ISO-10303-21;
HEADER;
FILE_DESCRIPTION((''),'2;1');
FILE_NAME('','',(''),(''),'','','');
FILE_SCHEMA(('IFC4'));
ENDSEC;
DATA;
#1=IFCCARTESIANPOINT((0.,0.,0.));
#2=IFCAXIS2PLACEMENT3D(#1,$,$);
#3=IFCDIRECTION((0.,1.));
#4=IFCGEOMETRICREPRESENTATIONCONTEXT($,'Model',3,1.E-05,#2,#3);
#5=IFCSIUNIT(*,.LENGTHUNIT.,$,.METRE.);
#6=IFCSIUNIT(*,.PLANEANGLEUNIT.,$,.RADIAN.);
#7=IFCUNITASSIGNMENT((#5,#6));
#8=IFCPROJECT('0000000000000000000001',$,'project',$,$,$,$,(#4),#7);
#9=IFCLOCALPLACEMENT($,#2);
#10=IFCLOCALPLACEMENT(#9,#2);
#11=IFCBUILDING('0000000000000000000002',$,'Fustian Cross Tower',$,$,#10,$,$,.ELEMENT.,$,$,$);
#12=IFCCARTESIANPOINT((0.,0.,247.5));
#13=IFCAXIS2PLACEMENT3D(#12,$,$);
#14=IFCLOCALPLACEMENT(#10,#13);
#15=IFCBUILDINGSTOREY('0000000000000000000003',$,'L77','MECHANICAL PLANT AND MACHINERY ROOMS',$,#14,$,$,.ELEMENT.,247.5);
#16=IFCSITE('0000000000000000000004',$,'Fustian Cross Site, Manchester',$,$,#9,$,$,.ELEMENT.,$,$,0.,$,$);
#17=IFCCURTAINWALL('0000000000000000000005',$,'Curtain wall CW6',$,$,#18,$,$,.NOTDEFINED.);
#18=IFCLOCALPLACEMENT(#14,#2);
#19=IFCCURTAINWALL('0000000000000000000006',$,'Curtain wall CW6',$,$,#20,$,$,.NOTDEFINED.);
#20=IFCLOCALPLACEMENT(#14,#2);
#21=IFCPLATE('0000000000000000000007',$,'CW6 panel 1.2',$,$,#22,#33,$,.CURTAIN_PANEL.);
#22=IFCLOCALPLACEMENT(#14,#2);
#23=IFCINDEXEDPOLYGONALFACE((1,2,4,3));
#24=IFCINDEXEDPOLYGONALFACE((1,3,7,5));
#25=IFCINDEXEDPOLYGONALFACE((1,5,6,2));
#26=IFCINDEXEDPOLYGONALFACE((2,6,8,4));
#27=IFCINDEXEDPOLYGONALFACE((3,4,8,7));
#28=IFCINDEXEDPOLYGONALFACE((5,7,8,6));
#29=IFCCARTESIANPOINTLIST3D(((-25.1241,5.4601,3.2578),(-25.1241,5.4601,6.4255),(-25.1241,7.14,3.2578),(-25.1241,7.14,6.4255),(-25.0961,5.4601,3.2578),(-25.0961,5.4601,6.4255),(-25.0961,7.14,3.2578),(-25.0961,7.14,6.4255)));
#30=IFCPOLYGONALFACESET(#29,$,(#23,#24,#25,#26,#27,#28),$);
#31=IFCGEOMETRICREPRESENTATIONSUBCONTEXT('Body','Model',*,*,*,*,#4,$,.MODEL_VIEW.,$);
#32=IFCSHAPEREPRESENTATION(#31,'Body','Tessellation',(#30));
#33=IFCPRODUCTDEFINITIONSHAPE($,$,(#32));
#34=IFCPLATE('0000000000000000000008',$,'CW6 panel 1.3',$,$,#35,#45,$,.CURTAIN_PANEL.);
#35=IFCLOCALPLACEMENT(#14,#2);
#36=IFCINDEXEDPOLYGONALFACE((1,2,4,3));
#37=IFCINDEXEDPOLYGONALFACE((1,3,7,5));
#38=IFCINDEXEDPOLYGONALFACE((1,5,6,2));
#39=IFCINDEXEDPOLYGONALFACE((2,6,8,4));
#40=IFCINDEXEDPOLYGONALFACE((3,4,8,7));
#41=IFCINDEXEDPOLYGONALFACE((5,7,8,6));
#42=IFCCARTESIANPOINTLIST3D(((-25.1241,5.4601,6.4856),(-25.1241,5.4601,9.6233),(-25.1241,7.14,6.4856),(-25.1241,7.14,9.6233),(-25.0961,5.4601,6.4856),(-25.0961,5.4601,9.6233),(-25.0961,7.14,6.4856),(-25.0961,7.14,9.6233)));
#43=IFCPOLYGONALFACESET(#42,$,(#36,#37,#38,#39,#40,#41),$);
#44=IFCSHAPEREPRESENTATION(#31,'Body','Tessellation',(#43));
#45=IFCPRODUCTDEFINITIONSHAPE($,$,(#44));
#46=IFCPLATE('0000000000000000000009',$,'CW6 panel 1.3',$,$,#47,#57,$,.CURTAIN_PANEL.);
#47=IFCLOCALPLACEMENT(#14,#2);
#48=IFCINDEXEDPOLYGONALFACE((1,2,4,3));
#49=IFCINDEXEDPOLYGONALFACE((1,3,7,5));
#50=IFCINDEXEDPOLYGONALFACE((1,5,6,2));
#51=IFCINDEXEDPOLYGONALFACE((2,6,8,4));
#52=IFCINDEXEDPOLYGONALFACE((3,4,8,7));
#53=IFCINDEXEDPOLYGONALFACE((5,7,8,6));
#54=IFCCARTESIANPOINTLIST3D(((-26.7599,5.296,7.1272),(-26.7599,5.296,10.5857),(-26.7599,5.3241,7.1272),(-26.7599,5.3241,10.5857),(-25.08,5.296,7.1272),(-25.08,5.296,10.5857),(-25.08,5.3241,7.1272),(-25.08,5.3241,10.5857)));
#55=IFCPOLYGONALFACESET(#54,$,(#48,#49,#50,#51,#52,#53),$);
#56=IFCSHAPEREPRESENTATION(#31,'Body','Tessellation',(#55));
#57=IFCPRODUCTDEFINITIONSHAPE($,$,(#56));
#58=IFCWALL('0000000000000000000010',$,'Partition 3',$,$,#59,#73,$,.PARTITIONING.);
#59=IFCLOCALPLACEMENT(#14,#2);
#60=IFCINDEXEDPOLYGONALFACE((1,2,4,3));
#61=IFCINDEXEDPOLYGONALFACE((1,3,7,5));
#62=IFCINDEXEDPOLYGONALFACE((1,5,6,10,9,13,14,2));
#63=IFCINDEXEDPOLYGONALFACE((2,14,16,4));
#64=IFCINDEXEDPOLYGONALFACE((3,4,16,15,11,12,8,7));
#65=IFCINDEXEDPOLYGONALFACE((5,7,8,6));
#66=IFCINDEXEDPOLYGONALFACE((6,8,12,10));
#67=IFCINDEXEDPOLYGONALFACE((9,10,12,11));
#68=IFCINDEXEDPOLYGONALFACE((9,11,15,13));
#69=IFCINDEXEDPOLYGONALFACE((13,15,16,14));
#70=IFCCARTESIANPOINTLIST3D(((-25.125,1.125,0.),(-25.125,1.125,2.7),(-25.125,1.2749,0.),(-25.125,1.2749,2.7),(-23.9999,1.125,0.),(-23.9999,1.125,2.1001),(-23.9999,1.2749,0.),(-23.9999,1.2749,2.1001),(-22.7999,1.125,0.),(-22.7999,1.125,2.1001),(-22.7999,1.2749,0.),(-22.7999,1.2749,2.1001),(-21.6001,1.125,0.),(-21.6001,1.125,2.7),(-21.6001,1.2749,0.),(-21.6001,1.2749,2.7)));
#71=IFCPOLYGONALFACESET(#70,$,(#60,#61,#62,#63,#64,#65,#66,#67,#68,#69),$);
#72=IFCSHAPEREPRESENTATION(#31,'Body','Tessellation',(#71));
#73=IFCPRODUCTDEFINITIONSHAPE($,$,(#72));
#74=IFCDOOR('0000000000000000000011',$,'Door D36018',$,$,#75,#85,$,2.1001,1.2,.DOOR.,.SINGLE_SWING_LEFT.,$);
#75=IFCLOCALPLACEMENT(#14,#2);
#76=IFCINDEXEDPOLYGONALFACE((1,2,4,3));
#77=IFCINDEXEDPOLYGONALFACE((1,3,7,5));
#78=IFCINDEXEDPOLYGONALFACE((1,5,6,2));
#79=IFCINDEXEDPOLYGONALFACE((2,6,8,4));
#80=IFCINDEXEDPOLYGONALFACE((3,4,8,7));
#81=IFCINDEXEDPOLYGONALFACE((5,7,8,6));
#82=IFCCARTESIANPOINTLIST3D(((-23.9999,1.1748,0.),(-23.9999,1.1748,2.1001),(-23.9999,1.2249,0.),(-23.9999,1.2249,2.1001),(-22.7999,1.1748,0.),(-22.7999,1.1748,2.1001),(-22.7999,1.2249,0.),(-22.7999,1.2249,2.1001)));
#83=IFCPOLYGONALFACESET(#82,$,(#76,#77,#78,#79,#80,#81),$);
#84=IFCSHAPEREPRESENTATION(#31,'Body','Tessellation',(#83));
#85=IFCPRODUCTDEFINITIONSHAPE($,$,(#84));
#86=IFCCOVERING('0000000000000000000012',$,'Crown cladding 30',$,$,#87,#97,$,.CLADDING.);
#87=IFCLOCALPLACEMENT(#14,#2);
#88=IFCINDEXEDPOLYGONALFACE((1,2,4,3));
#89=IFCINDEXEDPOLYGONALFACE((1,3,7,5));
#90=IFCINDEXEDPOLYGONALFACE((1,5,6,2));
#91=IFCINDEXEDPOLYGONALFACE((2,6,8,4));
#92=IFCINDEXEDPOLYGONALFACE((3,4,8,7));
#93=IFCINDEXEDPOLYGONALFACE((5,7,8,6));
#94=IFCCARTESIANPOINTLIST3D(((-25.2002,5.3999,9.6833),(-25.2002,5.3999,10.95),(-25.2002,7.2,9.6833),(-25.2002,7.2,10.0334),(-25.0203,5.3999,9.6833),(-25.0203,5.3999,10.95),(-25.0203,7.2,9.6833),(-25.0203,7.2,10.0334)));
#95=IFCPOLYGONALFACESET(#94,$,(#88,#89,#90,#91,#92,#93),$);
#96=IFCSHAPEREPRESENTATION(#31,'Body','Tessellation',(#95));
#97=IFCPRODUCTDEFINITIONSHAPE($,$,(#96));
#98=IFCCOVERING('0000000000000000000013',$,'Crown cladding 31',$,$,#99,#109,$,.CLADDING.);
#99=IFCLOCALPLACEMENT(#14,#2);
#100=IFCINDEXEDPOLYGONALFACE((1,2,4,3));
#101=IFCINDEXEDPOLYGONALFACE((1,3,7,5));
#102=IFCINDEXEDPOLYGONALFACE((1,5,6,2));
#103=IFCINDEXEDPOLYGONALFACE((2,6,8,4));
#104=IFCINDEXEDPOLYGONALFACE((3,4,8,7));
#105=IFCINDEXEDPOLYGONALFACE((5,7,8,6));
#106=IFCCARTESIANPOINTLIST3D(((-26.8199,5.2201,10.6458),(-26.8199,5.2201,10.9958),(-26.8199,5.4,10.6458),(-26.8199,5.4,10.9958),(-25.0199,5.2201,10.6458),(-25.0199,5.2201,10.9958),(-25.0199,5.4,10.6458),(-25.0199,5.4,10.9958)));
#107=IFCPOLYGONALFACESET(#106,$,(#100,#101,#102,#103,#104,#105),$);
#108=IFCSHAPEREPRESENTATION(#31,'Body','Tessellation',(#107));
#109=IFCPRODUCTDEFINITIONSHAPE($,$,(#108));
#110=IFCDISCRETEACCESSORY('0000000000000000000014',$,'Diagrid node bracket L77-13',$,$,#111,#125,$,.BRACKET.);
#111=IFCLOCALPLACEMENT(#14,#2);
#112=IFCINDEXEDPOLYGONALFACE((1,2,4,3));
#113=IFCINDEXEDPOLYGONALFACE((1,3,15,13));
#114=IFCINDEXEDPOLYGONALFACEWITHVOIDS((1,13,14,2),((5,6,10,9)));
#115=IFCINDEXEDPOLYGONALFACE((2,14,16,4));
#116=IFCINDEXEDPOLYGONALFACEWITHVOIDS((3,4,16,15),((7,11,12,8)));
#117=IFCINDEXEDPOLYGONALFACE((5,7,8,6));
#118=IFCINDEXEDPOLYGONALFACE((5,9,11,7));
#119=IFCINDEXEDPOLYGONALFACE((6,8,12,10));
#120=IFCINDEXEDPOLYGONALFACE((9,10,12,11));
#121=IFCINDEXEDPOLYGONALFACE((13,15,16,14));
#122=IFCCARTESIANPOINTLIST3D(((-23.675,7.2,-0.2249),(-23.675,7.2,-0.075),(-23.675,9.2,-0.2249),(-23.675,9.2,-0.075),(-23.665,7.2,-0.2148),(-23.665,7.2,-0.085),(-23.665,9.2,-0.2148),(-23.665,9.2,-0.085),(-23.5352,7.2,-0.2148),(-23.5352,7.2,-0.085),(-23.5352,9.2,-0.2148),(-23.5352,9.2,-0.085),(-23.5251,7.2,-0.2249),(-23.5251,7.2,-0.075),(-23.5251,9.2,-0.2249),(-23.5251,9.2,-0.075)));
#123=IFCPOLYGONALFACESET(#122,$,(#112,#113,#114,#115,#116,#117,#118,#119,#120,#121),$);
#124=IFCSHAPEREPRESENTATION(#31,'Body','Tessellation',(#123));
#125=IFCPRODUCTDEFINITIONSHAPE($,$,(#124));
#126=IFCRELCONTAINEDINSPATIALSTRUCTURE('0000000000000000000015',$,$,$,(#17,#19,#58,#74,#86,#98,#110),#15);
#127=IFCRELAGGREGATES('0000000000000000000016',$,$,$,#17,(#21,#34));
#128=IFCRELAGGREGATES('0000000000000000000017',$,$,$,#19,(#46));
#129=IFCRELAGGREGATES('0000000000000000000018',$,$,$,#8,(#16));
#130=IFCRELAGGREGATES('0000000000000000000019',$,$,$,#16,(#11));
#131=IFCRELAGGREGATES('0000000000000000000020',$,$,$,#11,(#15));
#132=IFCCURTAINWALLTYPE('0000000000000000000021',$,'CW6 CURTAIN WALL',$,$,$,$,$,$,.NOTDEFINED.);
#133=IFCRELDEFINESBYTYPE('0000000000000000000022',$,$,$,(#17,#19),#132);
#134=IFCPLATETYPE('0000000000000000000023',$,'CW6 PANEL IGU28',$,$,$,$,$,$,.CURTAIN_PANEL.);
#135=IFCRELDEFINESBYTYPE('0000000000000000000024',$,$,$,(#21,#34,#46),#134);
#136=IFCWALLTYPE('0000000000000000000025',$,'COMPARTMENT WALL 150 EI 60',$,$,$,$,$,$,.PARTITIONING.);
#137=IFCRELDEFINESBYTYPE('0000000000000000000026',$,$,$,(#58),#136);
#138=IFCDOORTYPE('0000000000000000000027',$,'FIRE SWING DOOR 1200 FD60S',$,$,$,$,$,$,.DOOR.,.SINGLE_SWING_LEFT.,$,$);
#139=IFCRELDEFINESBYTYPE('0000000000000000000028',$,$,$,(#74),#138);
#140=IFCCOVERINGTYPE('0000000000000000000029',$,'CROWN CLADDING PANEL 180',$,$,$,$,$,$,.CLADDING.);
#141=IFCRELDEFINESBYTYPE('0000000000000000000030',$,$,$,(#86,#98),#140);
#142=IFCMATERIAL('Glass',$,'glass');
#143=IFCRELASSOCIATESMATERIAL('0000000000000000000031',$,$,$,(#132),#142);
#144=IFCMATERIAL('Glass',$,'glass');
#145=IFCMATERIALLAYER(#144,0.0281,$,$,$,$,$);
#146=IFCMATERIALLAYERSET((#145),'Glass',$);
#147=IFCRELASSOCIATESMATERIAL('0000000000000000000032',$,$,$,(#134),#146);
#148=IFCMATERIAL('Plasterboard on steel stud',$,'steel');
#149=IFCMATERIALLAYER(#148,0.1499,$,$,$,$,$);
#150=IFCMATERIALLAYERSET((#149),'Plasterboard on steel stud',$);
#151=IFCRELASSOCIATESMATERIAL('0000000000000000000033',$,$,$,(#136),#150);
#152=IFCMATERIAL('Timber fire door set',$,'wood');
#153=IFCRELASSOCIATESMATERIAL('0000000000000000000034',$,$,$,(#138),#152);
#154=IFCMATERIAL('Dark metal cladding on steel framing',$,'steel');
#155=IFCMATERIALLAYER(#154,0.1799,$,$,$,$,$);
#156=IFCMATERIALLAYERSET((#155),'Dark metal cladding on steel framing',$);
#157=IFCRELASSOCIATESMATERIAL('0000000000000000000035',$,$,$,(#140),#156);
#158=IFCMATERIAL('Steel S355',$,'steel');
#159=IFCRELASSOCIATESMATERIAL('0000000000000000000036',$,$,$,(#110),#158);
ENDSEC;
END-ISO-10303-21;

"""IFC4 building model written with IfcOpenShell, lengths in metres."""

from ifc_helpers import new_model, si_unit, direction, frame, frame_2d, origin, origin_2d, place, context, subcontext, project, spatial, polyline, rectangle, hollow_rectangle, outline, extrude, material, layer, layer_set, type_object, element, fill, aggregate, save


model = new_model("IFC4")

# Units and contexts
model_context = context("Model", 3, precision=1e-05, world=origin(), true_north=direction((0.0, 1.0)))
body_context = subcontext(model_context, "Body", "Model", "MODEL_VIEW")
ifc_project = project(units=[si_unit("LENGTHUNIT", "METRE"), si_unit("PLANEANGLEUNIT", "RADIAN")], contexts=[model_context])

# Site, building, storey
site_placement = place(None, origin())
site = spatial("IfcSite", under=ifc_project, at=site_placement, Name="Fustian Cross Site, Manchester", CompositionType="ELEMENT", RefElevation=0.0)
building_placement = place(site_placement, origin())
building = spatial("IfcBuilding", under=site, at=building_placement, Name="Fustian Cross Tower", CompositionType="ELEMENT")
storey_placement = place(building_placement, frame((0.0, 0.0, 247.5)))
storey = spatial("IfcBuildingStorey", under=building, at=storey_placement, Name="L77", Description="MECHANICAL PLANT AND MACHINERY ROOMS", CompositionType="ELEMENT", Elevation=247.5)

# Shared definitions
ifc_material_1 = material(Name="Glass", Category="glass")
curtain_wall_type = type_object("IfcCurtainWallType", Name="CW6 CURTAIN WALL", PredefinedType="NOTDEFINED", material=ifc_material_1)

# Curtain wall
curtain_wall_1_placement = place(storey_placement, origin())
curtain_wall_1 = element("IfcCurtainWall", 1, at=curtain_wall_1_placement, inside=storey, type_object=curtain_wall_type, Name="Curtain wall CW6", PredefinedType="NOTDEFINED")

# Curtain wall
curtain_wall_2_placement = place(storey_placement, origin())
curtain_wall_2 = element("IfcCurtainWall", 2, at=curtain_wall_2_placement, inside=storey, type_object=curtain_wall_type, Name="Curtain wall CW6", PredefinedType="NOTDEFINED")

# Plates
ifc_material_2 = material(Name="Glass", Category="glass")
ifc_layer_1 = layer(ifc_material_2, 0.0281)
ifc_layer_set_1 = layer_set([ifc_layer_1], Name="Glass")
plate_type = type_object("IfcPlateType", Name="CW6 PANEL IGU28", PredefinedType="CURTAIN_PANEL", material=ifc_layer_set_1)
plate_1_placement = place(storey_placement, frame((-25.1101, 6.3, 3.2578), z_axis=(0.0, 0.0, 1.0), x_axis=(0.0, -1.0, 0.0)))
plate_1 = element("IfcPlate", 3, at=plate_1_placement, type_object=plate_type, Name="CW6 panel 1.2", PredefinedType="CURTAIN_PANEL", context=body_context, shape_type="SweptSolid", body=[
    extrude(rectangle(XDim=1.6799, YDim=0.0281, at=origin_2d()), origin(), (0.0, 0.0, 1.0), 3.1677),
])
plate_2_placement = place(storey_placement, frame((-25.1101, 6.3, 6.4856), z_axis=(0.0, 0.0, 1.0), x_axis=(0.0, -1.0, 0.0)))
plate_2 = element("IfcPlate", 4, at=plate_2_placement, type_object=plate_type, Name="CW6 panel 1.3", PredefinedType="CURTAIN_PANEL", context=body_context, shape_type="SweptSolid", body=[
    extrude(rectangle(XDim=1.6799, YDim=0.0281, at=origin_2d()), origin(), (0.0, 0.0, 1.0), 3.1377),
])
aggregate(curtain_wall_1, [plate_1, plate_2])
plate_3_placement = place(storey_placement, frame((-25.9199, 5.3101, 7.1272), z_axis=(0.0, 0.0, 1.0), x_axis=(-1.0, 0.0, 0.0)))
plate_3 = element("IfcPlate", 5, at=plate_3_placement, type_object=plate_type, Name="CW6 panel 1.3", PredefinedType="CURTAIN_PANEL", context=body_context, shape_type="SweptSolid", body=[
    extrude(rectangle(XDim=1.6799, YDim=0.0281, at=origin_2d()), origin(), (0.0, 0.0, 1.0), 3.4585),
])
aggregate(curtain_wall_2, [plate_3])

# Wall, opening, door
ifc_material_3 = material(Name="Plasterboard on steel stud", Category="steel")
ifc_layer_2 = layer(ifc_material_3, 0.1499)
ifc_layer_set_2 = layer_set([ifc_layer_2], Name="Plasterboard on steel stud")
wall_type = type_object("IfcWallType", Name="COMPARTMENT WALL 150 EI 60", PredefinedType="PARTITIONING", material=ifc_layer_set_2)
wall_placement = place(storey_placement, frame((-25.125, 1.2, 0.0), z_axis=(0.0, 0.0, 1.0), x_axis=(1.0, 0.0, 0.0)))
wall = element("IfcWall", 6, at=wall_placement, inside=storey, type_object=wall_type, Name="Partition 3", PredefinedType="PARTITIONING", context=body_context, shape_type="SweptSolid", body=[
    extrude(rectangle(XDim=3.5249, YDim=0.1499, at=frame_2d((1.7625, 0.0))), origin(), (0.0, 0.0, 1.0), 2.7),
])
opening_placement = place(wall_placement, frame((1.125, 0.0, 0.0)))
opening = element("IfcOpeningElement", 7, at=opening_placement, cuts=wall, PredefinedType="OPENING", context=body_context, shape_type="SweptSolid", body=[
    extrude(rectangle(XDim=1.2, YDim=2.1001, at=frame_2d((0.6001, 1.05))), frame((0.0, 0.085, 0.0), z_axis=(0.0, -1.0, 0.0), x_axis=(1.0, 0.0, 0.0)), (0.0, 0.0, 1.0), 0.1699),
])
ifc_material_4 = material(Name="Timber fire door set", Category="wood")
door_type = type_object("IfcDoorType", Name="FIRE SWING DOOR 1200 FD60S", OperationType="SINGLE_SWING_LEFT", PredefinedType="DOOR", material=ifc_material_4)
door_placement = place(opening_placement, origin())
door = element("IfcDoor", 8, at=door_placement, inside=storey, type_object=door_type, Name="Door D36018", OperationType="SINGLE_SWING_LEFT", OverallHeight=2.1001, OverallWidth=1.2, PredefinedType="DOOR", context=body_context, shape_type="SweptSolid", body=[
    extrude(rectangle(XDim=1.2, YDim=2.1001, at=frame_2d((0.6001, 1.05))), frame((0.0, 0.0249, 0.0), z_axis=(0.0, -1.0, 0.0), x_axis=(1.0, 0.0, 0.0)), (0.0, 0.0, 1.0), 0.05),
])
fill(opening, door)

# Coverings
ifc_material_5 = material(Name="Dark metal cladding on steel framing", Category="steel")
ifc_layer_3 = layer(ifc_material_5, 0.1799)
ifc_layer_set_3 = layer_set([ifc_layer_3], Name="Dark metal cladding on steel framing")
covering_type = type_object("IfcCoveringType", Name="CROWN CLADDING PANEL 180", PredefinedType="CLADDING", material=ifc_layer_set_3)
covering_1_placement = place(storey_placement, frame((-25.1101, 7.2, 9.6833), z_axis=(0.0, 0.0, 1.0), x_axis=(0.0, -1.0, 0.0)))
element("IfcCovering", 9, at=covering_1_placement, inside=storey, type_object=covering_type, Name="Crown cladding 30", PredefinedType="CLADDING", context=body_context, shape_type="SweptSolid", body=[
    extrude(outline(polyline([(0.0, 0.0), (1.8, 0.0), (1.8, 1.2666), (0.0, 0.3501), (0.0, 0.0)])), frame((0.0, 0.0898, 0.0), z_axis=(0.0, -1.0, 0.0), x_axis=(1.0, 0.0, 0.0)), (0.0, 0.0, 1.0), 0.1799),
])
covering_2_placement = place(storey_placement, frame((-25.02, 5.3101, 10.6458), z_axis=(0.0, 0.0, 1.0), x_axis=(-1.0, 0.0, 0.0)))
element("IfcCovering", 10, at=covering_2_placement, inside=storey, type_object=covering_type, Name="Crown cladding 31", PredefinedType="CLADDING", context=body_context, shape_type="SweptSolid", body=[
    extrude(rectangle(XDim=1.8, YDim=0.1799, at=frame_2d((0.8999, 0.0))), origin(), (0.0, 0.0, 1.0), 0.3501),
])

# Discrete accessory
ifc_material_6 = material(Name="Steel S355", Category="steel")
discrete_accessory_placement = place(storey_placement, frame((-23.6001, 9.2, -0.1499), z_axis=(0.0, -1.0, 0.0), x_axis=(1.0, 0.0, 0.0)))
element("IfcDiscreteAccessory", 11, at=discrete_accessory_placement, inside=storey, material=ifc_material_6, Name="Diagrid node bracket L77-13", PredefinedType="BRACKET", context=body_context, shape_type="SweptSolid", body=[
    extrude(hollow_rectangle(XDim=0.1499, YDim=0.1499, WallThickness=0.01, at=origin_2d()), origin(), (0.0, 0.0, 1.0), 2.0),
])

save(model, "model.ifc")
